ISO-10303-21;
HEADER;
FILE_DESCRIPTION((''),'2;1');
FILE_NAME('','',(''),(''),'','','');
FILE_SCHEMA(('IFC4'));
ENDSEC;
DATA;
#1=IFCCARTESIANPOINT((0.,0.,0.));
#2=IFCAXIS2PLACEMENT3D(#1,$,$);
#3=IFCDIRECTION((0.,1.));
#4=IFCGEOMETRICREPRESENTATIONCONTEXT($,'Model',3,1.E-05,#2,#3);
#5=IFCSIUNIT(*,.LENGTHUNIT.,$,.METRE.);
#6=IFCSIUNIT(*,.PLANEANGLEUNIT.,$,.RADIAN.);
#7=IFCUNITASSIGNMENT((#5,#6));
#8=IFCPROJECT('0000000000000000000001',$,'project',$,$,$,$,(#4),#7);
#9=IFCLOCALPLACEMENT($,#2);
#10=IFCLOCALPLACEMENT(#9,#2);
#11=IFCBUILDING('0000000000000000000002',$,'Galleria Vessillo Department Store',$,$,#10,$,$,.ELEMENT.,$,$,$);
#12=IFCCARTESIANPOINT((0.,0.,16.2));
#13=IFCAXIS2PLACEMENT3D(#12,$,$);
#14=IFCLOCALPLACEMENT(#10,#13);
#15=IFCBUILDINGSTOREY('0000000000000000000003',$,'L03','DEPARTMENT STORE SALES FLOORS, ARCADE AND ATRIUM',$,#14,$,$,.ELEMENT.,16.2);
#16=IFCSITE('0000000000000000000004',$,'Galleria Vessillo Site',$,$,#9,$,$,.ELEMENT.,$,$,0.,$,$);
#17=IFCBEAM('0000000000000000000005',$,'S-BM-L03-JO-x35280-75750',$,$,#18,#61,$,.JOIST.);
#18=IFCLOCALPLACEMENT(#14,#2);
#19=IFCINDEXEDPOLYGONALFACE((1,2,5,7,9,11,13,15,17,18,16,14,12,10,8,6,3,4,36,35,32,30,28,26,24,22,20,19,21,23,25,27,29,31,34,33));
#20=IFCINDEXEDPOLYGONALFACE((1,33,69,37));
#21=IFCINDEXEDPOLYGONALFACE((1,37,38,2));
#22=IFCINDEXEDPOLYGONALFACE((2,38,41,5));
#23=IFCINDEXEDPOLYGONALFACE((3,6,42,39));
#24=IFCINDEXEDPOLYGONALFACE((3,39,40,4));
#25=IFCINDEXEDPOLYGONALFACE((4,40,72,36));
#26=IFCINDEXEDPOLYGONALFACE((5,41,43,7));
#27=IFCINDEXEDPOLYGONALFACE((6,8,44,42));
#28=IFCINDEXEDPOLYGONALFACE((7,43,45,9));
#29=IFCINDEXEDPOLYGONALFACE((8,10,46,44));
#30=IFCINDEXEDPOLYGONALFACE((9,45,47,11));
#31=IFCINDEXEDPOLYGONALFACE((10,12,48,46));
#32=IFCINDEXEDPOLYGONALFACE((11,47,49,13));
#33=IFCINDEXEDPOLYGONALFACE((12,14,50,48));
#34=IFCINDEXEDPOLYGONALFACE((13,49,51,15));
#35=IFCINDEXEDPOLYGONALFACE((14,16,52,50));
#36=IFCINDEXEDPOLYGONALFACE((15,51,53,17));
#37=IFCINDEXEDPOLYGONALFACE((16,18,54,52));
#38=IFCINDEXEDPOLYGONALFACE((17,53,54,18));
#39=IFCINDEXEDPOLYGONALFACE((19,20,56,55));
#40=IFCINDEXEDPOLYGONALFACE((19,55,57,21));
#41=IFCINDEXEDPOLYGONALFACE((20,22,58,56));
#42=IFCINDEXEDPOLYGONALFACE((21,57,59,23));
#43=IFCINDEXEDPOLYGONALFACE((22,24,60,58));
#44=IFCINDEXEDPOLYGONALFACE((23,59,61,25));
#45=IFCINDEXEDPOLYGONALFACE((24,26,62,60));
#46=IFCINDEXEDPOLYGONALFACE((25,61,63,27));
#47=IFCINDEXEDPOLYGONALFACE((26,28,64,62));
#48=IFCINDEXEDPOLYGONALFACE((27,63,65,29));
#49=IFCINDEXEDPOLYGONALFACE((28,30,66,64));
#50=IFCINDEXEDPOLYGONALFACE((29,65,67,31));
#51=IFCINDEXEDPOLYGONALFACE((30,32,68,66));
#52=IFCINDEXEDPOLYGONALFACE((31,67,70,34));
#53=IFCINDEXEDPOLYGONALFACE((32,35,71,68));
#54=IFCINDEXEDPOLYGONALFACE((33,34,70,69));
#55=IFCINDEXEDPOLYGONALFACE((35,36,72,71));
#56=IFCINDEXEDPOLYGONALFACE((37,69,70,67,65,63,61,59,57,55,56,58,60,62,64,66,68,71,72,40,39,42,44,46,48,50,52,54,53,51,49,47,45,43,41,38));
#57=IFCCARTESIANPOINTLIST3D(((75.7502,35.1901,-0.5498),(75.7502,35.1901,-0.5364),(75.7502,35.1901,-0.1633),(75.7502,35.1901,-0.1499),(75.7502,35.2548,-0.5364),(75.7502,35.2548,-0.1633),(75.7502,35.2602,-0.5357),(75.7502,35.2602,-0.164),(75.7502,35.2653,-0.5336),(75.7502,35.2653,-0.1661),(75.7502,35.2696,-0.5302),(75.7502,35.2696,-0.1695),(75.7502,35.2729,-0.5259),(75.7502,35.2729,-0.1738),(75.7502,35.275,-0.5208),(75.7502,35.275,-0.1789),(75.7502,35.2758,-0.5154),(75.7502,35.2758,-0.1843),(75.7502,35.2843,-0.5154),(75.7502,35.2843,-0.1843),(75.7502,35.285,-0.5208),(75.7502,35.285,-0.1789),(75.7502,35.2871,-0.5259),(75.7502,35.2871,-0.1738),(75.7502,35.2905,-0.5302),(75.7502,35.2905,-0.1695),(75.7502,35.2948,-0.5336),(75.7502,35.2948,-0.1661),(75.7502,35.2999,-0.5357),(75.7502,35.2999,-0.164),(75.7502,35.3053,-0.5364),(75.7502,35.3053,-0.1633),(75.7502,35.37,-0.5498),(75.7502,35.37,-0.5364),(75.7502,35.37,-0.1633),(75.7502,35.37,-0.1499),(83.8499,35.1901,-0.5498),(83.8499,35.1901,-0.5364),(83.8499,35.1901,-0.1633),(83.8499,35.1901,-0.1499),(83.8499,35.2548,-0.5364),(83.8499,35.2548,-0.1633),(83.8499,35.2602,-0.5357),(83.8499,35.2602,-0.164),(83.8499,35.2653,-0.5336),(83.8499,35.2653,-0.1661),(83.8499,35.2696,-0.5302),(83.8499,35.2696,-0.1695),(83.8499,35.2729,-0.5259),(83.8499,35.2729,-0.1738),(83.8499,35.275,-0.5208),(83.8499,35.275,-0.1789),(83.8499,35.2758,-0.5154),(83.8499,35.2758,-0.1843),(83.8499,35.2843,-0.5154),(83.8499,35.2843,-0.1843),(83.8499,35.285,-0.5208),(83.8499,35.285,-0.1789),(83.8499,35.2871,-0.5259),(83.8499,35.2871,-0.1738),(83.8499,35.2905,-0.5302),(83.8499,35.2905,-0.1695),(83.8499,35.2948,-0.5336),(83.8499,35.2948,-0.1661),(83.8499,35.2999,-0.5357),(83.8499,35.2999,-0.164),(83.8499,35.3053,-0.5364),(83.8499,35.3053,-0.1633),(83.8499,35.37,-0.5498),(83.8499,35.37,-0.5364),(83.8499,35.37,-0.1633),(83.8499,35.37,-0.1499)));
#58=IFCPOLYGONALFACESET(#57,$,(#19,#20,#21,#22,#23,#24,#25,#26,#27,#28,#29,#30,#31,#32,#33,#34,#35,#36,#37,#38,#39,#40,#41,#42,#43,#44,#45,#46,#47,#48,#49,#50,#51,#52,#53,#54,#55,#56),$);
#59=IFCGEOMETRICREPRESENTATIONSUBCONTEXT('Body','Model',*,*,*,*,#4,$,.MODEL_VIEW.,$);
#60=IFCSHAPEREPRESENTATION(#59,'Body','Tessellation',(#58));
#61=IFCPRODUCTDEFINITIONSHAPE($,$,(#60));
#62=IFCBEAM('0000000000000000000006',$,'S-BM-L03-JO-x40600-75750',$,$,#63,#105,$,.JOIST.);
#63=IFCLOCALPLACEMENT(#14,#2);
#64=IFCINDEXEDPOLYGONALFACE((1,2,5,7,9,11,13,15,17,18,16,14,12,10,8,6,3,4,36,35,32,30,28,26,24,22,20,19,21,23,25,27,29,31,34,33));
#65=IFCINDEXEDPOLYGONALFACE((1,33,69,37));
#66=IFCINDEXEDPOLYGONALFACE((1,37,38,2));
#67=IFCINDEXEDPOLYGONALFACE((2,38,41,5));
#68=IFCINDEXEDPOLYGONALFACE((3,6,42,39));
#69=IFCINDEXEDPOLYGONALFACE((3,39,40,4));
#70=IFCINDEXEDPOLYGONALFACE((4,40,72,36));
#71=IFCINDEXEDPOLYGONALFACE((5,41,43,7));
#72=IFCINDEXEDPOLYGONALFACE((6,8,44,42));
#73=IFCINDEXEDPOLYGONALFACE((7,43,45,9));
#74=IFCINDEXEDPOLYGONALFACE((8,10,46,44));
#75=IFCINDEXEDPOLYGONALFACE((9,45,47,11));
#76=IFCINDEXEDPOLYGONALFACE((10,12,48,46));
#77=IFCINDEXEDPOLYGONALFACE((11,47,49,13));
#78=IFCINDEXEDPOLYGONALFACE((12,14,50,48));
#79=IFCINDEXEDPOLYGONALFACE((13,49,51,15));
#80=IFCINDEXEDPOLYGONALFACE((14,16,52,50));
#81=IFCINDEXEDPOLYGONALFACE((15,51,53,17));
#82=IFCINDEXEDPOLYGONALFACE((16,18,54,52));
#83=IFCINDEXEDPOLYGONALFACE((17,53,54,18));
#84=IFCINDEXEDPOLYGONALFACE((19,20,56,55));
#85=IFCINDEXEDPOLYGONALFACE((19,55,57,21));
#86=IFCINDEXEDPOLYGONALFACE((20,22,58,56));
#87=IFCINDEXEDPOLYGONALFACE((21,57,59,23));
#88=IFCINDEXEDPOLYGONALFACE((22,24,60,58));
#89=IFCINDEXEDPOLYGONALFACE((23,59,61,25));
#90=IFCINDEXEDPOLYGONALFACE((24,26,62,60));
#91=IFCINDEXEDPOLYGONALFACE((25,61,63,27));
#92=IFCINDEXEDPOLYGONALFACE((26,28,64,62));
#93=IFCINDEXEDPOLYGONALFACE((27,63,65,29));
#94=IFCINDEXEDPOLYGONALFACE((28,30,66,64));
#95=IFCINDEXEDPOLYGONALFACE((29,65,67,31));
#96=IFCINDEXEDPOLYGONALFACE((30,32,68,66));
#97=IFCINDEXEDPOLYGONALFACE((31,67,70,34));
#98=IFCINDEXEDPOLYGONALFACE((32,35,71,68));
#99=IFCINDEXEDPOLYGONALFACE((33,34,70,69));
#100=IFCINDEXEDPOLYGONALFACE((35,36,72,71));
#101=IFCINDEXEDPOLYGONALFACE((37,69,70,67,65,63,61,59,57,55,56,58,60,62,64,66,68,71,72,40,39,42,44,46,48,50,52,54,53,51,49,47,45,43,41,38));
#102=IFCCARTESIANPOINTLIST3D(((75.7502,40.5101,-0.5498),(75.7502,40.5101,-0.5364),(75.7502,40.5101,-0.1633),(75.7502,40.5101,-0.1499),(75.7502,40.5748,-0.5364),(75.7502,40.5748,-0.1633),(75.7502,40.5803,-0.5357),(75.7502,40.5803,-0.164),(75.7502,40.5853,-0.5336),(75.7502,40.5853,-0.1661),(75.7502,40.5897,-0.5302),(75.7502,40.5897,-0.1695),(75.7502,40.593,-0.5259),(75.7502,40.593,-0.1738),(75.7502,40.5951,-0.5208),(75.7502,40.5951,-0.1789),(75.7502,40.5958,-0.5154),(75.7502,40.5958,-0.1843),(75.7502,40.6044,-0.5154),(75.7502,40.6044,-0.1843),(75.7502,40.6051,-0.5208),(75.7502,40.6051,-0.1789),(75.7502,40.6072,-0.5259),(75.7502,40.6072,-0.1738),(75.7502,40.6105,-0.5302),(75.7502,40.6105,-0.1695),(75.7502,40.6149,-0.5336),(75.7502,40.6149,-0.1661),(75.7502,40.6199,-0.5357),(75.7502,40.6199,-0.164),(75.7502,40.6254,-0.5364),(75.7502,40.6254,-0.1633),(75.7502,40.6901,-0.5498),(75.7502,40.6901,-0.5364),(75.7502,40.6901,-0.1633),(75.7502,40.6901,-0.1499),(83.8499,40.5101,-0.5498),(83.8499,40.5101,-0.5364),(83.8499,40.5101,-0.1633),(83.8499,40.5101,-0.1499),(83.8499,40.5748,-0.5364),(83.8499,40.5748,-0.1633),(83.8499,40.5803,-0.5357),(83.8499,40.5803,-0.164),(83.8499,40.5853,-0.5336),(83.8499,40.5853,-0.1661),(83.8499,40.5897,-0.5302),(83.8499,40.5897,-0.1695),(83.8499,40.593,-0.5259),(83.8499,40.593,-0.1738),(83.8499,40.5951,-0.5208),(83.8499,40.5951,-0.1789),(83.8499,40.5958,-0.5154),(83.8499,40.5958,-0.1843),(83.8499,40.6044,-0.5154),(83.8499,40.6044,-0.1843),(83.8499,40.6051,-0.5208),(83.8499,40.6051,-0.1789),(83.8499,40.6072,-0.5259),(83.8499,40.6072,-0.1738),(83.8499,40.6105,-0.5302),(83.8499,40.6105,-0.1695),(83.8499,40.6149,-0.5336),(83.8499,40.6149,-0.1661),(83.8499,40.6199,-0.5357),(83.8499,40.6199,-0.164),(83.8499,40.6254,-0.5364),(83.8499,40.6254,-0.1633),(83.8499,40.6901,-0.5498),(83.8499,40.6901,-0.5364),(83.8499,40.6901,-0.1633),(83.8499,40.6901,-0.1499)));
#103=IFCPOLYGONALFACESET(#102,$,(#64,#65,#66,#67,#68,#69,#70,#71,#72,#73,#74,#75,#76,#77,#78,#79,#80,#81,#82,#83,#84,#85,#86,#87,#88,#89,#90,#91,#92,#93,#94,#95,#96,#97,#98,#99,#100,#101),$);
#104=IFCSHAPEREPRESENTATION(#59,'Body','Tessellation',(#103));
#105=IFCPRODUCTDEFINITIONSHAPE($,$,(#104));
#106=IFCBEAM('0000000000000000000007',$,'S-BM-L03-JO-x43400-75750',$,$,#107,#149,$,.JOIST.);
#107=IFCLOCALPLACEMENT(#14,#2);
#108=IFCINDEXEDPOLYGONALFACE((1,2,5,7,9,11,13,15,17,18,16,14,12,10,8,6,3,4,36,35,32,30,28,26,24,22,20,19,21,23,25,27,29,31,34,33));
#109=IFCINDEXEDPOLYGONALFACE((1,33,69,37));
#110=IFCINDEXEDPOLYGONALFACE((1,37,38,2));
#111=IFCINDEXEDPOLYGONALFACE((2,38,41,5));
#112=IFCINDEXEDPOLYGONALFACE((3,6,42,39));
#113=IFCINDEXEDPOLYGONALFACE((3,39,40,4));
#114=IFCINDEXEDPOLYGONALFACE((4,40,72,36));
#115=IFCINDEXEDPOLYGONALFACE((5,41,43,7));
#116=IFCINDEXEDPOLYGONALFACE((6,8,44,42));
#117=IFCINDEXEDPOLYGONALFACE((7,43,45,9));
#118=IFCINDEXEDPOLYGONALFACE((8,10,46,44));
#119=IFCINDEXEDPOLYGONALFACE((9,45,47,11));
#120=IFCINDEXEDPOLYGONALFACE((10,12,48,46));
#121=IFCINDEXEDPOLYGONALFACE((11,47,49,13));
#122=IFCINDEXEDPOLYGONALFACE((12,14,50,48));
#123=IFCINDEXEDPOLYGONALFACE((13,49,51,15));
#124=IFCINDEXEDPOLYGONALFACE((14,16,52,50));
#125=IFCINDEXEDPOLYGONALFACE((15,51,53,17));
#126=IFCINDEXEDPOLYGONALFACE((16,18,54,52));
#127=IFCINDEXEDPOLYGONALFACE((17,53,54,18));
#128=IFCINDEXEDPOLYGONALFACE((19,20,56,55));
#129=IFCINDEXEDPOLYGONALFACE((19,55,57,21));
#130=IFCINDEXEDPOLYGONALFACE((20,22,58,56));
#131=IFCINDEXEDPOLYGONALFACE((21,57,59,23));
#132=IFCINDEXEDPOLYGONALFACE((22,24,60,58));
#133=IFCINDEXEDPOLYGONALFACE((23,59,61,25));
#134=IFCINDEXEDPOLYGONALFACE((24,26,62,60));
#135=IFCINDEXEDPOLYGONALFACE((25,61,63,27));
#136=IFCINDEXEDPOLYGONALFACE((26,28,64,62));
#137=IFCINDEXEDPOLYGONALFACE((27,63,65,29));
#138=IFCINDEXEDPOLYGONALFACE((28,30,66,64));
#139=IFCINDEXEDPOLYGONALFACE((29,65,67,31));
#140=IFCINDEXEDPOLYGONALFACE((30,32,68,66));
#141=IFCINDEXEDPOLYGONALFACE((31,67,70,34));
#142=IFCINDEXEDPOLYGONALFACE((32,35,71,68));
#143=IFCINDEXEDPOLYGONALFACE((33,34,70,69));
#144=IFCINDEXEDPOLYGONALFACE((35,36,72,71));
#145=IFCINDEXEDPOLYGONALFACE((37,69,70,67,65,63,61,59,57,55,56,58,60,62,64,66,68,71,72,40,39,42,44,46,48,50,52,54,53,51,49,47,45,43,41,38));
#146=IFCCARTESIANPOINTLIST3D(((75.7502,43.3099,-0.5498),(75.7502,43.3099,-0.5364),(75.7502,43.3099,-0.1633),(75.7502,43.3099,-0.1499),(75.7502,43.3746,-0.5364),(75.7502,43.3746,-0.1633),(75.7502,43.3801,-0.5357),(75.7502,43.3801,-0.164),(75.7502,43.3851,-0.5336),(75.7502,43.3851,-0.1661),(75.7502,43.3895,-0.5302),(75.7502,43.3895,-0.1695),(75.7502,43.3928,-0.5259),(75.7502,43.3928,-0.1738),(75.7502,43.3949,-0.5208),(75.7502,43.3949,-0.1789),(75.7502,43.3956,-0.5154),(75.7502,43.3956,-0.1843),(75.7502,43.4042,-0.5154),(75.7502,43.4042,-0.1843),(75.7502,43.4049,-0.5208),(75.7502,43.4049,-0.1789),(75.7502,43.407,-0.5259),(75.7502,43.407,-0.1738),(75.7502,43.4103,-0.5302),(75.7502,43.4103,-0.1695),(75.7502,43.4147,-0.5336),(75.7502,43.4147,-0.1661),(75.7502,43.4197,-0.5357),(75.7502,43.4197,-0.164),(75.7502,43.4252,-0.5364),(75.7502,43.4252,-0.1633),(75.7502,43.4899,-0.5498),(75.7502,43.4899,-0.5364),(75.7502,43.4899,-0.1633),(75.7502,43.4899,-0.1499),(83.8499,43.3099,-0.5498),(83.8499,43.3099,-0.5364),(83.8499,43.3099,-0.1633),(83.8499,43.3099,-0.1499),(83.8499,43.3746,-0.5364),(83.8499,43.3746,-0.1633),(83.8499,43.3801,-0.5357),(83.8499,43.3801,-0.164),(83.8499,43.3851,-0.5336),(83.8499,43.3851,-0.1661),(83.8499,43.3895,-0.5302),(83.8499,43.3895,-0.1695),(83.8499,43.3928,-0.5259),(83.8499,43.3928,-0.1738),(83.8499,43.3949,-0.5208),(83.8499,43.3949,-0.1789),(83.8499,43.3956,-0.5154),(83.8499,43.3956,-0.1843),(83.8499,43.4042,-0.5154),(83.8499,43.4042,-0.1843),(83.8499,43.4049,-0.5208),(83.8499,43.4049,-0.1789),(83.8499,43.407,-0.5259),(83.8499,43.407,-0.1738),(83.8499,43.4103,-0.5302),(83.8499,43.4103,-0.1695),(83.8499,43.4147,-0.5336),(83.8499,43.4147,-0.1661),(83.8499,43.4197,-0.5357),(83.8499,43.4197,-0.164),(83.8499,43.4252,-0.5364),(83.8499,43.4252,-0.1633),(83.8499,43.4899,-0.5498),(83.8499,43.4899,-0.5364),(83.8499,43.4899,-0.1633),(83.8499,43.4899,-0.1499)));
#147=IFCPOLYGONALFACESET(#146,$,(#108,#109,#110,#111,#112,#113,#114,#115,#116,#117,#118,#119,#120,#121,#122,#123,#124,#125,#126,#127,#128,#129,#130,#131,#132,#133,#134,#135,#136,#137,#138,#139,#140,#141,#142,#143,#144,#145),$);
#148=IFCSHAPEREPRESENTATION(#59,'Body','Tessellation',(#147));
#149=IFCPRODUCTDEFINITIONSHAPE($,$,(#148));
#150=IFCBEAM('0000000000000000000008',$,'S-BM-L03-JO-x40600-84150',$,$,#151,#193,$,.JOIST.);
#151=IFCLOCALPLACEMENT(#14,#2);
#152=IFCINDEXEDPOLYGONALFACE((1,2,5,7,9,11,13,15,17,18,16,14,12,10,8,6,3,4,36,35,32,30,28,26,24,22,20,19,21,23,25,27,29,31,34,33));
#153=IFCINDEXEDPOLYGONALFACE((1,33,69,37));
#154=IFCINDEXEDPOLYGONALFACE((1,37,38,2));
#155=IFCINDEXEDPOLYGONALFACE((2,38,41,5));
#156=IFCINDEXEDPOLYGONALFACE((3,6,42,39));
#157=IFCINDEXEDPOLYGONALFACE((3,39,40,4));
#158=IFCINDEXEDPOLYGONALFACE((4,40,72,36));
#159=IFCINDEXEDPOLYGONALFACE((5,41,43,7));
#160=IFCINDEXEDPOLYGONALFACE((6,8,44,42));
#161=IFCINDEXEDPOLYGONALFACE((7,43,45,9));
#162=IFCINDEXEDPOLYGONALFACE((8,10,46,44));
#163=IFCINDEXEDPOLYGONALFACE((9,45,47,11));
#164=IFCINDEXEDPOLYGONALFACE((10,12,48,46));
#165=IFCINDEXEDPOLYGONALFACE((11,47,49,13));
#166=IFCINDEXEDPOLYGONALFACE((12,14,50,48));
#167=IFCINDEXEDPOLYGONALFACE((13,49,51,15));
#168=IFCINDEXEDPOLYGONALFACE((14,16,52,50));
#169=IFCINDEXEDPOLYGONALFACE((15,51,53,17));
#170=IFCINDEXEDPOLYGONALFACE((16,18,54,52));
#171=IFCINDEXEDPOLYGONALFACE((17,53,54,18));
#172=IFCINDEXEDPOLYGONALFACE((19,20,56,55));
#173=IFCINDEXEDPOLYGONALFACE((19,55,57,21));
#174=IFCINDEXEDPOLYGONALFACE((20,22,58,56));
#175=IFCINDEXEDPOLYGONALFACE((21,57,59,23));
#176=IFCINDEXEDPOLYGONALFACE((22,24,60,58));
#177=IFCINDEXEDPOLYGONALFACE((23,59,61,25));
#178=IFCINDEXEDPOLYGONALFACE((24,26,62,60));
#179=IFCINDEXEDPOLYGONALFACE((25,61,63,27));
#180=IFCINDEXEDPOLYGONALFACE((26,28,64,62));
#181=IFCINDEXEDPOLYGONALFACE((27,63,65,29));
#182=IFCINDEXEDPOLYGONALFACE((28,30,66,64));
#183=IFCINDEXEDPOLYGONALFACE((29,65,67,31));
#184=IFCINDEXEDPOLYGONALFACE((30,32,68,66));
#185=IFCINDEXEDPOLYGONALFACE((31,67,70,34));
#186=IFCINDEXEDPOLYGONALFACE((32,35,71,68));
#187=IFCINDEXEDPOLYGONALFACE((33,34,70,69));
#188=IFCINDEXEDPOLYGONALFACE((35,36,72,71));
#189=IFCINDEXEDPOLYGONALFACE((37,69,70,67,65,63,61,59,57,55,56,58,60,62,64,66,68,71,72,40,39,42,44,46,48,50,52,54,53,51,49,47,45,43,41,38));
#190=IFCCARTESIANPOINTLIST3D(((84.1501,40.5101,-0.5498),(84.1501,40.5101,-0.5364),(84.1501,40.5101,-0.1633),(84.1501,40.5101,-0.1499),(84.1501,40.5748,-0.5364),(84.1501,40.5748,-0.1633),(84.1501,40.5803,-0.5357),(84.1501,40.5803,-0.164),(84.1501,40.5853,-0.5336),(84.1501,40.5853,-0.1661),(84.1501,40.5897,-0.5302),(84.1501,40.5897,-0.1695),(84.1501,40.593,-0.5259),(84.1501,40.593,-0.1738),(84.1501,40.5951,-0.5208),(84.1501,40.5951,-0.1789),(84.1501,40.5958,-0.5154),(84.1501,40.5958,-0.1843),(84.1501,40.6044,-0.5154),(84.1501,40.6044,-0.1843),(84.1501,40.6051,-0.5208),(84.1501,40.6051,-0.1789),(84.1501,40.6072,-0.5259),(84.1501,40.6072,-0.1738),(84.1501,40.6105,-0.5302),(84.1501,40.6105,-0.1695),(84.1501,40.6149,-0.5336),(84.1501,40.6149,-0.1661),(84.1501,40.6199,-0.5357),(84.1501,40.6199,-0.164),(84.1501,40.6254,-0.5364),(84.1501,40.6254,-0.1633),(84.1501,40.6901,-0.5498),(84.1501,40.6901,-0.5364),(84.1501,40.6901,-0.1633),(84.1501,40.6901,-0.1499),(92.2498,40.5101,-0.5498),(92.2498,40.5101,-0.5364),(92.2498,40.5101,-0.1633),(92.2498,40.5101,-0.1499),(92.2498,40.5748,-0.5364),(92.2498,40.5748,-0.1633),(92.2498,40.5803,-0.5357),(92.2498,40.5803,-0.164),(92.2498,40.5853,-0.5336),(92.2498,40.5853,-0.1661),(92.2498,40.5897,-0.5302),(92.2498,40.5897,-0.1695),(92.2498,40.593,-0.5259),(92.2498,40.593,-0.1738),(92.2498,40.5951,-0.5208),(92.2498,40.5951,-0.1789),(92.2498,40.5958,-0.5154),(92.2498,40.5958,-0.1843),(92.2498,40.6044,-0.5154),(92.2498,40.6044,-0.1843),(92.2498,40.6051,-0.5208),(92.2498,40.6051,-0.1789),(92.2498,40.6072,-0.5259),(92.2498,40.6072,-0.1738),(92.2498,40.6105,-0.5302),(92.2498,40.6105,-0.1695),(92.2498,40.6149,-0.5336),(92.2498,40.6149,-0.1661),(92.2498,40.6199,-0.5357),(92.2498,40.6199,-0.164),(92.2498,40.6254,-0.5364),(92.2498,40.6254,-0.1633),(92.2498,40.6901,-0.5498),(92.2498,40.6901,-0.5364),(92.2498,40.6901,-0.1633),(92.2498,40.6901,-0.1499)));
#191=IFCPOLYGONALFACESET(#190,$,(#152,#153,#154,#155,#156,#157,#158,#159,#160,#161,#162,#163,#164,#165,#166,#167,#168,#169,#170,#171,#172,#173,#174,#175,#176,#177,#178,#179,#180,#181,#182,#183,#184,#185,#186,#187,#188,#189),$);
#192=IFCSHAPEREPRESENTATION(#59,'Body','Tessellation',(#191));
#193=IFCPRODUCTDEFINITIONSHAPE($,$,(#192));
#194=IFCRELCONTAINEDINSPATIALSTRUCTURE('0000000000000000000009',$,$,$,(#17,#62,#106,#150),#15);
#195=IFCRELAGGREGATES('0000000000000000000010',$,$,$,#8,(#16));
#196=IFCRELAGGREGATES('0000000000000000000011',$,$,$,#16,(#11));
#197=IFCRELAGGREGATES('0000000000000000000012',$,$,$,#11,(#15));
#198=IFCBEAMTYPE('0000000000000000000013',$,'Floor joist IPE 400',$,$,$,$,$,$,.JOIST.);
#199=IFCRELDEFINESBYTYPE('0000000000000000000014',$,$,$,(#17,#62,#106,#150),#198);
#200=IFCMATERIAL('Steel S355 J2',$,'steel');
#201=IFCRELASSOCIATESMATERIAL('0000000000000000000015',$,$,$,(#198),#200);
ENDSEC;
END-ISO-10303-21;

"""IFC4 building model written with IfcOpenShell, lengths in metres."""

from ifc_helpers import new_model, si_unit, direction, frame, origin, origin_2d, place, context, subcontext, project, spatial, i_section, extrude, material, material_profile, profile_set, type_object, element, save


model = new_model("IFC4")

# Units and contexts
model_context = context("Model", 3, precision=1e-05, world=origin(), true_north=direction((0.0, 1.0)))
body_context = subcontext(model_context, "Body", "Model", "MODEL_VIEW")
ifc_project = project(units=[si_unit("LENGTHUNIT", "METRE"), si_unit("PLANEANGLEUNIT", "RADIAN")], contexts=[model_context])

# Site, building, storey
site_placement = place(None, origin())
site = spatial("IfcSite", under=ifc_project, at=site_placement, Name="Galleria Vessillo Site", CompositionType="ELEMENT", RefElevation=0.0)
building_placement = place(site_placement, origin())
building = spatial("IfcBuilding", under=site, at=building_placement, Name="Galleria Vessillo Department Store", CompositionType="ELEMENT")
storey_placement = place(building_placement, frame((0.0, 0.0, 16.2)))
storey = spatial("IfcBuildingStorey", under=building, at=storey_placement, Name="L03", Description="DEPARTMENT STORE SALES FLOORS, ARCADE AND ATRIUM", CompositionType="ELEMENT", Elevation=16.2)

# Beams
ifc_material_1 = material(Name="Steel S355 J2", Category="steel")
ifc_material_profile_1 = material_profile(ifc_material_1, i_section(OverallWidth=0.1799, OverallDepth=0.3999, WebThickness=0.0085, FlangeThickness=0.0134, FilletRadius=0.021, at=origin_2d()), Name="IPE 400")
ifc_profile_set_1 = profile_set([ifc_material_profile_1], Name="Steel S355 J2")
beam_type_1 = type_object("IfcBeamType", Name="Floor joist IPE 400", PredefinedType="JOIST", material=ifc_profile_set_1)
for number, where, z_axis, x_axis, name in (
    (1, (75.7502, 35.28, -0.3499), (1.0, 0.0, 0.0), (0.0, 1.0, 0.0), "S-BM-L03-JO-x35280-75750"),
    (2, (75.7502, 40.6001, -0.3499), (1.0, 0.0, 0.0), (0.0, 1.0, 0.0), "S-BM-L03-JO-x40600-75750"),
    (3, (75.7502, 43.3999, -0.3499), (1.0, 0.0, 0.0), (0.0, 1.0, 0.0), "S-BM-L03-JO-x43400-75750"),
    (4, (84.1501, 40.6001, -0.3499), (1.0, 0.0, 0.0), (0.0, 1.0, 0.0), "S-BM-L03-JO-x40600-84150"),
):
    element("IfcBeam", number, at=place(storey_placement, frame(where, z_axis=z_axis, x_axis=x_axis)), inside=storey, type_object=beam_type_1, Name=name, PredefinedType="JOIST", context=body_context, shape_type="SweptSolid", body=[
        extrude(i_section(OverallWidth=0.1799, OverallDepth=0.3999, WebThickness=0.0085, FlangeThickness=0.0134, FilletRadius=0.021, at=origin_2d()), origin(), (0.0, 0.0, 1.0), 8.0996),
    ])

save(model, "model.ifc")
